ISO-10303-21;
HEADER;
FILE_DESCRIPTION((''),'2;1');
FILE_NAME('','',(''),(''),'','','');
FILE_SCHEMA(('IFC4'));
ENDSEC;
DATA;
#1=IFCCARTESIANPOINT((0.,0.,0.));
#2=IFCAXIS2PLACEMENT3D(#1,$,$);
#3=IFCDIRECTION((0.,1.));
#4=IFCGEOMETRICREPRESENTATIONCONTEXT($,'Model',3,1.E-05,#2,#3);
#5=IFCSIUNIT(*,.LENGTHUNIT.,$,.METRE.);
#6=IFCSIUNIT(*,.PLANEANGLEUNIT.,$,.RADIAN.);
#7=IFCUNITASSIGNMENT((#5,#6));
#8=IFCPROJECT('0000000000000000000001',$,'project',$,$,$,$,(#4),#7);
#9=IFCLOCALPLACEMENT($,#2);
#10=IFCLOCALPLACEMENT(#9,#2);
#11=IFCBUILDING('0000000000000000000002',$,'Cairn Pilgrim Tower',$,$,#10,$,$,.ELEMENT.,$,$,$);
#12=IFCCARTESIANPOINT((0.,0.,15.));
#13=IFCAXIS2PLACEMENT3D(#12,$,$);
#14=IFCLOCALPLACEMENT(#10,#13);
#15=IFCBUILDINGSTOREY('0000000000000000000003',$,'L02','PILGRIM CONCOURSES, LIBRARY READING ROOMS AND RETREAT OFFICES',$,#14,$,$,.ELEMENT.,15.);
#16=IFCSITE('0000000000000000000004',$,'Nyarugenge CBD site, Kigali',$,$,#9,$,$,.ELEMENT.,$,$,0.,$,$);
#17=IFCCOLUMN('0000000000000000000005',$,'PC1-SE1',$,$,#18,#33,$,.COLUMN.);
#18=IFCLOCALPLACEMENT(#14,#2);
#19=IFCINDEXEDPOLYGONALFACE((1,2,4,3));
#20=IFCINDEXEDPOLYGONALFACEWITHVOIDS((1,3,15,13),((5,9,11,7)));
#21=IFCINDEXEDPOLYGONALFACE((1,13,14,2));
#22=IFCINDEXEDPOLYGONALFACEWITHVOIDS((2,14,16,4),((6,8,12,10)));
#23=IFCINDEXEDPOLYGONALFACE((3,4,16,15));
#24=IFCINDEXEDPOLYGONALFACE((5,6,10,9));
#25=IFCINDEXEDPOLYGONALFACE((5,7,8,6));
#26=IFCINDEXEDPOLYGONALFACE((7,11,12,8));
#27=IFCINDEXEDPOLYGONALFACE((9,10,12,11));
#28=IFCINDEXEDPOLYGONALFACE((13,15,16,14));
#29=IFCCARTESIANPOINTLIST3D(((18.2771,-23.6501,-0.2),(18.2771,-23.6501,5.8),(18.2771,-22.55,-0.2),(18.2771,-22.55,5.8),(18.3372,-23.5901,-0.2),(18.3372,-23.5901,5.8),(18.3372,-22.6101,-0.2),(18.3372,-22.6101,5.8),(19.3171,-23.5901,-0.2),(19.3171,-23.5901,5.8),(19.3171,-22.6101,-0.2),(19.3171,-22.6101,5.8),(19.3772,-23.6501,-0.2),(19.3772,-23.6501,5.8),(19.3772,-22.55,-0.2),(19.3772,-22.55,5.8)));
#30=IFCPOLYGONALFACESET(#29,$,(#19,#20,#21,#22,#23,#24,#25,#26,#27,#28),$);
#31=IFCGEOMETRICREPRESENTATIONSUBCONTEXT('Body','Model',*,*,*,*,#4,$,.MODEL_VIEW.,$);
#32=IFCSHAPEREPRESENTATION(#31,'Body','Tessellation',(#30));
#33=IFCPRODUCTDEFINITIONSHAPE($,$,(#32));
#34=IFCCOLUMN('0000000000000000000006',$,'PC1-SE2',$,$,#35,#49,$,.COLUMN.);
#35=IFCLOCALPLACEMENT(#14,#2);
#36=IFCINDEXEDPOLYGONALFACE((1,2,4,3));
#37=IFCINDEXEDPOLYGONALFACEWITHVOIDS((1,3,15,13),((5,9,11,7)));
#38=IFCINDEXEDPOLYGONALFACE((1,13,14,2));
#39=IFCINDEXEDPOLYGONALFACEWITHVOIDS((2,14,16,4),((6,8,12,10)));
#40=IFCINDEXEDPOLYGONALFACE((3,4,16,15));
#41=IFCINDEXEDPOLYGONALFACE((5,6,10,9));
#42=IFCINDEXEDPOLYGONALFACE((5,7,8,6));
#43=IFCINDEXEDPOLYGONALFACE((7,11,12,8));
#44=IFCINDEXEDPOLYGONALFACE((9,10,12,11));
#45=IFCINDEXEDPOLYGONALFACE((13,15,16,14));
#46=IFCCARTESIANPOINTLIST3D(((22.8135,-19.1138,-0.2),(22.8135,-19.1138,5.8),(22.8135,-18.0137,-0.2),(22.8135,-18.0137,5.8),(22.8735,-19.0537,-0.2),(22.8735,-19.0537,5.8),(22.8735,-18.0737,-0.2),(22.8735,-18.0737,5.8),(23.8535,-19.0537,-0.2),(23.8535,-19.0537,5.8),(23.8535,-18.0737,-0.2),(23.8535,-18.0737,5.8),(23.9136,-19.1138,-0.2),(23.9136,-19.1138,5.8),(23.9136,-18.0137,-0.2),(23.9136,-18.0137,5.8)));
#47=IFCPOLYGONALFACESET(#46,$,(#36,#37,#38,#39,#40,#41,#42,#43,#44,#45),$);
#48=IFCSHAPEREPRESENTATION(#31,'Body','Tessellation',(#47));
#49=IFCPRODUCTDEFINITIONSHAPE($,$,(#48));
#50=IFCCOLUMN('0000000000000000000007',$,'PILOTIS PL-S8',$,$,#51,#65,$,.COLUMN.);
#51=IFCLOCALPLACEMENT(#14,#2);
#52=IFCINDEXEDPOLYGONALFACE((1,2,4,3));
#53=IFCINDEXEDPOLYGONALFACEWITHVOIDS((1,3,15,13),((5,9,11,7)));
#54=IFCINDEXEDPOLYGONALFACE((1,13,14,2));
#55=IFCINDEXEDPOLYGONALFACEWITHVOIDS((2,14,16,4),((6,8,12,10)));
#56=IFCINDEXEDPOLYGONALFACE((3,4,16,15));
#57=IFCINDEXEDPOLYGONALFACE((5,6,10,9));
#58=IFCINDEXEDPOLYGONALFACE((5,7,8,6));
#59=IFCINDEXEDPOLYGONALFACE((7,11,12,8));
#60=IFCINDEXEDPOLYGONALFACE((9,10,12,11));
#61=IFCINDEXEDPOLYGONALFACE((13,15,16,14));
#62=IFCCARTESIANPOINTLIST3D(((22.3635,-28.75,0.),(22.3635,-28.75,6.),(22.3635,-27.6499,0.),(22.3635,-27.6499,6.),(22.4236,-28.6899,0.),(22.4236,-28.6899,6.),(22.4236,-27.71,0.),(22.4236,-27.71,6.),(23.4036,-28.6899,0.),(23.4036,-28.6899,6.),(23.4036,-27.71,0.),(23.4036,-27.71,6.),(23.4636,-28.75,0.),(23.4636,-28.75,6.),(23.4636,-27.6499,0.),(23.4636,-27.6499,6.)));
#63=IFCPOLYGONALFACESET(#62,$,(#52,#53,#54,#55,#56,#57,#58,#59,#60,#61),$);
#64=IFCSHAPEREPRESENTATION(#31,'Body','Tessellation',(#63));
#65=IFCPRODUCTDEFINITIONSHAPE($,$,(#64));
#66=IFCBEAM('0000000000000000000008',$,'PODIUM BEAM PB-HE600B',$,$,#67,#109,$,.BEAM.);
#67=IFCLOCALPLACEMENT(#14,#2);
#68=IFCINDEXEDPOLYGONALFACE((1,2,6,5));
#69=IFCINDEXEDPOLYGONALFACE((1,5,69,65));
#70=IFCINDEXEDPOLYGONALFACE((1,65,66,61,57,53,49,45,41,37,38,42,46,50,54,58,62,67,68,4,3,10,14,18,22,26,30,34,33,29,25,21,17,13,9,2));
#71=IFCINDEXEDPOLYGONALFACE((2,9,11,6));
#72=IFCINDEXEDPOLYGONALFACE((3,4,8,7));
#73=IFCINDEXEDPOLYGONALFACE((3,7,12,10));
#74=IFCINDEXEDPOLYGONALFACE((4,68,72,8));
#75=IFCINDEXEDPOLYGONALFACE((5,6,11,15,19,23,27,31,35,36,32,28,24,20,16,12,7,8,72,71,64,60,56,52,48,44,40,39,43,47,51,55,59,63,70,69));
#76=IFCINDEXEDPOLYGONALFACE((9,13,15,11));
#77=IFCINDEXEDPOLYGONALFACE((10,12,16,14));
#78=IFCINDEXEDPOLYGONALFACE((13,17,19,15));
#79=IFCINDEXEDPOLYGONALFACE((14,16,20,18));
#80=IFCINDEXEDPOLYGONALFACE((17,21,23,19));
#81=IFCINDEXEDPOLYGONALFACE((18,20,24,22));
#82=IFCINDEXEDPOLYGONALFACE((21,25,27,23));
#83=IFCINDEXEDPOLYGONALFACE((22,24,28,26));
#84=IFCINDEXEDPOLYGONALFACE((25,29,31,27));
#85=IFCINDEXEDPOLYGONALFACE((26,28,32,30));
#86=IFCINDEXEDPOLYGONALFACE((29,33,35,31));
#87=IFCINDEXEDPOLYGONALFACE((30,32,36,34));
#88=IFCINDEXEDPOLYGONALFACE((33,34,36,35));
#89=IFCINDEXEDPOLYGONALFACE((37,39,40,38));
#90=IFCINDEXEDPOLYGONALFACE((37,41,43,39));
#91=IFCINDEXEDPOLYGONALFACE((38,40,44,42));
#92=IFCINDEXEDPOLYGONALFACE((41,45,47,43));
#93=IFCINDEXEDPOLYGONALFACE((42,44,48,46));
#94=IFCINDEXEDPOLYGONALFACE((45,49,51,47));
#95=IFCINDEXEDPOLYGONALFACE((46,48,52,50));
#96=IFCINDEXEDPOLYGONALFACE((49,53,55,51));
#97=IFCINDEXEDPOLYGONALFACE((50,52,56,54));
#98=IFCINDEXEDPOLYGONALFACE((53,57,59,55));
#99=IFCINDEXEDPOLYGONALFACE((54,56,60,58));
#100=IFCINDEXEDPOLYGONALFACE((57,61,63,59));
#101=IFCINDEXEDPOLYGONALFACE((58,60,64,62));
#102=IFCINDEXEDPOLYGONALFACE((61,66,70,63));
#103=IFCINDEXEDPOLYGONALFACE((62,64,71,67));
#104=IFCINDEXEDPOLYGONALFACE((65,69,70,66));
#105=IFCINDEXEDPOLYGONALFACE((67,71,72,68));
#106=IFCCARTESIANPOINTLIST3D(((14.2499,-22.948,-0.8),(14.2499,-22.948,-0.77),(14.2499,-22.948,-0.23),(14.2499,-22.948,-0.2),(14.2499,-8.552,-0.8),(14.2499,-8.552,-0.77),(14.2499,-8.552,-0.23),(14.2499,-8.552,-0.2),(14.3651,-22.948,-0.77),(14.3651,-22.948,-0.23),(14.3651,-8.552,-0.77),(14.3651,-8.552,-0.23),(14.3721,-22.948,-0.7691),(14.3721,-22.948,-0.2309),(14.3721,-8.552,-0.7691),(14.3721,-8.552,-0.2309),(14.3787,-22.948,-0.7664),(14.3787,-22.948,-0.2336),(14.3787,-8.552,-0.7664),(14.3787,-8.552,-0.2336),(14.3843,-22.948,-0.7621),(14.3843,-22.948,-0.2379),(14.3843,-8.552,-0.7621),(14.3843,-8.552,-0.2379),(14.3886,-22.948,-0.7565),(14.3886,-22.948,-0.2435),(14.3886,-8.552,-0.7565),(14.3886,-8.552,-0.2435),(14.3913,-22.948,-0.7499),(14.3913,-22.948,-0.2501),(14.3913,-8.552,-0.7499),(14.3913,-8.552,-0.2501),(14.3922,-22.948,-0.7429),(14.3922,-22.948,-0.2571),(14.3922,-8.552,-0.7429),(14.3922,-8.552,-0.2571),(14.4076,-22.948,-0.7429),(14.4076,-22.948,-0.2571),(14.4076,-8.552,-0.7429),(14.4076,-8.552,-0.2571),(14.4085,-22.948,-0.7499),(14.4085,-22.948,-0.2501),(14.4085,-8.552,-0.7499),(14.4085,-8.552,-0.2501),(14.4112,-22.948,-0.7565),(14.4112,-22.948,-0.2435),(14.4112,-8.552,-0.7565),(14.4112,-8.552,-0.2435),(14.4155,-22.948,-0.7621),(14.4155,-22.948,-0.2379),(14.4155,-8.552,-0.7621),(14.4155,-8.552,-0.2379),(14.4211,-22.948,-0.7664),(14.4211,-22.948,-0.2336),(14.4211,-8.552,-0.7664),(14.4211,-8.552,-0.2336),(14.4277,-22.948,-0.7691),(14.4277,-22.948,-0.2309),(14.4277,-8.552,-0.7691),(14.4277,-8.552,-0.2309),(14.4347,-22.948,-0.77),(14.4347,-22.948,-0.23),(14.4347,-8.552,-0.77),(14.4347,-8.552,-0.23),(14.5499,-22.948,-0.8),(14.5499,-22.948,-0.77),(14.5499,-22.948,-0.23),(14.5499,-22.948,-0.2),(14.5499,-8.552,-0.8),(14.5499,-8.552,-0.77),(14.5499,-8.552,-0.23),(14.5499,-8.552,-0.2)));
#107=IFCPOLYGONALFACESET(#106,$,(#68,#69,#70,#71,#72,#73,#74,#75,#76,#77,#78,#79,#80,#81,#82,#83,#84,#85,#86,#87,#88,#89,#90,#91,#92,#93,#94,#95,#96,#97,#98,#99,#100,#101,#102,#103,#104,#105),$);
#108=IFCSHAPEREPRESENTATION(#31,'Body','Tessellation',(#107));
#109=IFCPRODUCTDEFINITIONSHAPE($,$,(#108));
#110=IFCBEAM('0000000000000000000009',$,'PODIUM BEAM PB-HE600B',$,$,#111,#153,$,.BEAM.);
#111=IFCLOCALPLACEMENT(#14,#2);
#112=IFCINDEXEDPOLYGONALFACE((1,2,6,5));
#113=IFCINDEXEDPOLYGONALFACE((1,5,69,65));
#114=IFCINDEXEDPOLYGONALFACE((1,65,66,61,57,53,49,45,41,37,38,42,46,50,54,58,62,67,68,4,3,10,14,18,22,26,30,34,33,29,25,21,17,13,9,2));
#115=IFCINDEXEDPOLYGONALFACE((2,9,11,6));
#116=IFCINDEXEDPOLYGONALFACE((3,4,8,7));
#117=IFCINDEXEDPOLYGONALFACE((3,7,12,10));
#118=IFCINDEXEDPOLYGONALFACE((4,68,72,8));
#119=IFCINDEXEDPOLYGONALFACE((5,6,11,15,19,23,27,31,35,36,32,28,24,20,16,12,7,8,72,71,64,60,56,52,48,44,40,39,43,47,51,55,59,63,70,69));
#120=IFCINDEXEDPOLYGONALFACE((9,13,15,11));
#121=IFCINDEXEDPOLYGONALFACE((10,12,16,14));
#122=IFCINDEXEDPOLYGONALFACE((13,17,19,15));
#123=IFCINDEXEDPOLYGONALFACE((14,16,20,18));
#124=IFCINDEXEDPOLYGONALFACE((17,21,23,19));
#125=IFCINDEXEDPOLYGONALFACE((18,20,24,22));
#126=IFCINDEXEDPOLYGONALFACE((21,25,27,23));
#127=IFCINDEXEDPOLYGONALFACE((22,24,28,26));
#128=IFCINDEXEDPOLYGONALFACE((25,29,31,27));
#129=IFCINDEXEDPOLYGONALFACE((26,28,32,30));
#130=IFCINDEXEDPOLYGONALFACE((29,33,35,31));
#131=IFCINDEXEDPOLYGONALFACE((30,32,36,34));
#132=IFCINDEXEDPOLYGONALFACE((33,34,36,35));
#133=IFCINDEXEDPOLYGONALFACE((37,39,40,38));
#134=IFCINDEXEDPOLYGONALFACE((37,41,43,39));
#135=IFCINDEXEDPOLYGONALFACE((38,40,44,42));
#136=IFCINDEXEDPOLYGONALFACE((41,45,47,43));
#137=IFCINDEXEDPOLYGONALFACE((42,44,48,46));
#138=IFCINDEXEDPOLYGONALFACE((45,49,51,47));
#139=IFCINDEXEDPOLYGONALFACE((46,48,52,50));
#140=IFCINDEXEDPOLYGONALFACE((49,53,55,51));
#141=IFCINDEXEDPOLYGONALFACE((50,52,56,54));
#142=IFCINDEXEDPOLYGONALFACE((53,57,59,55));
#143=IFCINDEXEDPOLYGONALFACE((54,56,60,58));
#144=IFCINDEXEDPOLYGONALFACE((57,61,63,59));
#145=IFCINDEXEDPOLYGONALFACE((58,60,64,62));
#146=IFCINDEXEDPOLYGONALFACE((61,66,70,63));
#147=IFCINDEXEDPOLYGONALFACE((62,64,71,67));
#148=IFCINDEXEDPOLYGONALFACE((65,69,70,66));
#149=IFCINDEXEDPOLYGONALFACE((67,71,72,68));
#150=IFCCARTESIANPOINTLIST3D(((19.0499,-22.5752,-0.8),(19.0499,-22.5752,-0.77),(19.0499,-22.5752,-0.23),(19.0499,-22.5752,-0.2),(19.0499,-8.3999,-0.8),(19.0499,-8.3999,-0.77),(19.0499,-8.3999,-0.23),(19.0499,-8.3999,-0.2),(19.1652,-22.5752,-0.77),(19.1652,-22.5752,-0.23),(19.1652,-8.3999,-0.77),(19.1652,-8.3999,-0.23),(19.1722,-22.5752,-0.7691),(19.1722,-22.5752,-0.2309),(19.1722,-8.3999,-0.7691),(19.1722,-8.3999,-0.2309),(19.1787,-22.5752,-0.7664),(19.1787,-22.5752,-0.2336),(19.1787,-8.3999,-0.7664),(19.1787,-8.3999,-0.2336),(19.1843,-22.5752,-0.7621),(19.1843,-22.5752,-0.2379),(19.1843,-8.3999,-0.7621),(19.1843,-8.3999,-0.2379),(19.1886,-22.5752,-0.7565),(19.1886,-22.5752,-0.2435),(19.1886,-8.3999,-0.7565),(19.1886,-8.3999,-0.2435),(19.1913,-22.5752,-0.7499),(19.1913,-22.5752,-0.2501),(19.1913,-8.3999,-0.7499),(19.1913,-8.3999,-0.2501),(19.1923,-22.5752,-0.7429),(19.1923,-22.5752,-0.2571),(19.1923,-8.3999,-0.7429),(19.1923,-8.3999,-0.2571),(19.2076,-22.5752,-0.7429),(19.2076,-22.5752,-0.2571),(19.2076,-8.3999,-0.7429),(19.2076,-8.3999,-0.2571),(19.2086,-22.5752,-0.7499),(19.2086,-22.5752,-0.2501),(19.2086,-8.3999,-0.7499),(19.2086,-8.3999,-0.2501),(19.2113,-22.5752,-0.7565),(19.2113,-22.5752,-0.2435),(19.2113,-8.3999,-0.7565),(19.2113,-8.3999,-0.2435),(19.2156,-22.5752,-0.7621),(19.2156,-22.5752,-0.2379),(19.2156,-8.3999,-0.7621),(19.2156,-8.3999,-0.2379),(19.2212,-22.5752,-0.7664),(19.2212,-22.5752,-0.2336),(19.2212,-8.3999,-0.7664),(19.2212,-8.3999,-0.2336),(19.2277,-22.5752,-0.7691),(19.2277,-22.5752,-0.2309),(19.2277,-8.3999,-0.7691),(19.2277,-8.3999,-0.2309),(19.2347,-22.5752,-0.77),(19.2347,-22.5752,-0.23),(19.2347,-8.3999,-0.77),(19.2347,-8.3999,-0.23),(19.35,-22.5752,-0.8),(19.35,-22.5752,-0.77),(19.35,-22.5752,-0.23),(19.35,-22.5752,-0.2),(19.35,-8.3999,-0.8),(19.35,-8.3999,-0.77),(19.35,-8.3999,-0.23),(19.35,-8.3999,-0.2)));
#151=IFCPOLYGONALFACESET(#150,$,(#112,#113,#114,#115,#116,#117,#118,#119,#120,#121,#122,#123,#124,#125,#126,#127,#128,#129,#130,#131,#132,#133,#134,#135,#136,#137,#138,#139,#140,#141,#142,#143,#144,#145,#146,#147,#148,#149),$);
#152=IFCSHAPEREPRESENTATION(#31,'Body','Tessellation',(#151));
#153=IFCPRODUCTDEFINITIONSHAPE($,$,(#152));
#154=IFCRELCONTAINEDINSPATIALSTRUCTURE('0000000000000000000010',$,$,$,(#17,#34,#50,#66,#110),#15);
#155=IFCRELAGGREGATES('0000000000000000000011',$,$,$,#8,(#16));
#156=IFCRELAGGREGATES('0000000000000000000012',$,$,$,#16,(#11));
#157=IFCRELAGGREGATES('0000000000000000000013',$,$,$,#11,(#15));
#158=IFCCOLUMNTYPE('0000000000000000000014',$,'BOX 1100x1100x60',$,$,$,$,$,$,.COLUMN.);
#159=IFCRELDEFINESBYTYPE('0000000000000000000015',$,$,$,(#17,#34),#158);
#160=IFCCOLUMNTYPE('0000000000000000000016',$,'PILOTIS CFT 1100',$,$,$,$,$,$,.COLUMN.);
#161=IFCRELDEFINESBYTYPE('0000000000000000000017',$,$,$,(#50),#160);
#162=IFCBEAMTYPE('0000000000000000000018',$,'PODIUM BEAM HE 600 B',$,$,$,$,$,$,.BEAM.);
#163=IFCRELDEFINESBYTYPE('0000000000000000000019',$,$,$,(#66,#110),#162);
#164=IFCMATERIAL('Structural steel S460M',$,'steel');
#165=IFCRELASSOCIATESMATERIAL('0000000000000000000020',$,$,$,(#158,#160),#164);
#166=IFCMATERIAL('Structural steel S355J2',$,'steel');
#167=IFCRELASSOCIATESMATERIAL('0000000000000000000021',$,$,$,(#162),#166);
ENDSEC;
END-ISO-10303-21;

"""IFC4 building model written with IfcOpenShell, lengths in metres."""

from ifc_helpers import new_model, si_unit, direction, frame, origin, origin_2d, place, context, subcontext, project, spatial, hollow_rectangle, i_section, extrude, material, material_profile, profile_set, type_object, element, save


model = new_model("IFC4")

# Units and contexts
model_context = context("Model", 3, precision=1e-05, world=origin(), true_north=direction((0.0, 1.0)))
body_context = subcontext(model_context, "Body", "Model", "MODEL_VIEW")
ifc_project = project(units=[si_unit("LENGTHUNIT", "METRE"), si_unit("PLANEANGLEUNIT", "RADIAN")], contexts=[model_context])

# Site, building, storey
site_placement = place(None, origin())
site = spatial("IfcSite", under=ifc_project, at=site_placement, Name="Nyarugenge CBD site, Kigali", CompositionType="ELEMENT", RefElevation=0.0)
building_placement = place(site_placement, origin())
building = spatial("IfcBuilding", under=site, at=building_placement, Name="Cairn Pilgrim Tower", CompositionType="ELEMENT")
storey_placement = place(building_placement, frame((0.0, 0.0, 15.0)))
storey = spatial("IfcBuildingStorey", under=building, at=storey_placement, Name="L02", Description="PILGRIM CONCOURSES, LIBRARY READING ROOMS AND RETREAT OFFICES", CompositionType="ELEMENT", Elevation=15.0)

# Columns
ifc_material_1 = material(Name="Structural steel S460M", Category="steel")
ifc_material_profile_1 = material_profile(ifc_material_1, hollow_rectangle(XDim=1.1001, YDim=1.1001, WallThickness=0.0601, at=origin_2d()), Name="BOX 1100x1100x60")
ifc_profile_set_1 = profile_set([ifc_material_profile_1], Name="Structural steel S460M")
column_type_1 = type_object("IfcColumnType", Name="BOX 1100x1100x60", PredefinedType="COLUMN", material=ifc_profile_set_1)
for number, where, z_axis, x_axis, name in (
    (1, (18.8271, -23.1001, -0.2), (0.0, 0.0, 1.0), (1.0, 0.0, 0.0), "PC1-SE1"),
    (2, (23.3635, -18.5637, -0.2), (0.0, 0.0, 1.0), (1.0, 0.0, 0.0), "PC1-SE2"),
):
    element("IfcColumn", number, at=place(storey_placement, frame(where, z_axis=z_axis, x_axis=x_axis)), inside=storey, type_object=column_type_1, Name=name, PredefinedType="COLUMN", context=body_context, shape_type="SweptSolid", body=[
        extrude(hollow_rectangle(XDim=1.1001, YDim=1.1001, WallThickness=0.0601, at=origin_2d()), origin(), (0.0, 0.0, 1.0), 6.0),
    ])
ifc_material_profile_2 = material_profile(ifc_material_1, hollow_rectangle(XDim=1.1001, YDim=1.1001, WallThickness=0.0601, at=origin_2d()), Name="BOX 1100x1100x60")
ifc_profile_set_2 = profile_set([ifc_material_profile_2], Name="Structural steel S460M")
column_type_2 = type_object("IfcColumnType", Name="PILOTIS CFT 1100", PredefinedType="COLUMN", material=ifc_profile_set_2)
column_placement = place(storey_placement, frame((22.9136, -28.2, 0.0), z_axis=(0.0, 0.0, 1.0), x_axis=(1.0, 0.0, 0.0)))
element("IfcColumn", 3, at=column_placement, inside=storey, type_object=column_type_2, Name="PILOTIS PL-S8", PredefinedType="COLUMN", context=body_context, shape_type="SweptSolid", body=[
    extrude(hollow_rectangle(XDim=1.1001, YDim=1.1001, WallThickness=0.0601, at=origin_2d()), origin(), (0.0, 0.0, 1.0), 6.0),
])

# Beams
ifc_material_2 = material(Name="Structural steel S355J2", Category="steel")
ifc_material_profile_3 = material_profile(ifc_material_2, i_section(OverallWidth=0.3, OverallDepth=0.6001, WebThickness=0.0154, FlangeThickness=0.03, FilletRadius=0.0271, at=origin_2d()), Name="HEB 600")
ifc_profile_set_3 = profile_set([ifc_material_profile_3], Name="Structural steel S355J2")
beam_type_1 = type_object("IfcBeamType", Name="PODIUM BEAM HE 600 B", PredefinedType="BEAM", material=ifc_profile_set_3)
beam_1_placement = place(storey_placement, frame((14.3999, -22.948, -0.5), z_axis=(0.0, 1.0, 0.0), x_axis=(-1.0, 0.0, 0.0)))
element("IfcBeam", 4, at=beam_1_placement, inside=storey, type_object=beam_type_1, Name="PODIUM BEAM PB-HE600B", PredefinedType="BEAM", context=body_context, shape_type="SweptSolid", body=[
    extrude(i_section(OverallWidth=0.3, OverallDepth=0.6001, WebThickness=0.0154, FlangeThickness=0.03, FilletRadius=0.0271, at=origin_2d()), origin(), (0.0, 0.0, 1.0), 14.396),
])
beam_2_placement = place(storey_placement, frame((19.2, -22.5752, -0.5), z_axis=(0.0, 1.0, 0.0), x_axis=(-1.0, 0.0, 0.0)))
element("IfcBeam", 5, at=beam_2_placement, inside=storey, type_object=beam_type_1, Name="PODIUM BEAM PB-HE600B", PredefinedType="BEAM", context=body_context, shape_type="SweptSolid", body=[
    extrude(i_section(OverallWidth=0.3, OverallDepth=0.6001, WebThickness=0.0154, FlangeThickness=0.03, FilletRadius=0.0271, at=origin_2d()), origin(), (0.0, 0.0, 1.0), 14.1753),
])

save(model, "model.ifc")
